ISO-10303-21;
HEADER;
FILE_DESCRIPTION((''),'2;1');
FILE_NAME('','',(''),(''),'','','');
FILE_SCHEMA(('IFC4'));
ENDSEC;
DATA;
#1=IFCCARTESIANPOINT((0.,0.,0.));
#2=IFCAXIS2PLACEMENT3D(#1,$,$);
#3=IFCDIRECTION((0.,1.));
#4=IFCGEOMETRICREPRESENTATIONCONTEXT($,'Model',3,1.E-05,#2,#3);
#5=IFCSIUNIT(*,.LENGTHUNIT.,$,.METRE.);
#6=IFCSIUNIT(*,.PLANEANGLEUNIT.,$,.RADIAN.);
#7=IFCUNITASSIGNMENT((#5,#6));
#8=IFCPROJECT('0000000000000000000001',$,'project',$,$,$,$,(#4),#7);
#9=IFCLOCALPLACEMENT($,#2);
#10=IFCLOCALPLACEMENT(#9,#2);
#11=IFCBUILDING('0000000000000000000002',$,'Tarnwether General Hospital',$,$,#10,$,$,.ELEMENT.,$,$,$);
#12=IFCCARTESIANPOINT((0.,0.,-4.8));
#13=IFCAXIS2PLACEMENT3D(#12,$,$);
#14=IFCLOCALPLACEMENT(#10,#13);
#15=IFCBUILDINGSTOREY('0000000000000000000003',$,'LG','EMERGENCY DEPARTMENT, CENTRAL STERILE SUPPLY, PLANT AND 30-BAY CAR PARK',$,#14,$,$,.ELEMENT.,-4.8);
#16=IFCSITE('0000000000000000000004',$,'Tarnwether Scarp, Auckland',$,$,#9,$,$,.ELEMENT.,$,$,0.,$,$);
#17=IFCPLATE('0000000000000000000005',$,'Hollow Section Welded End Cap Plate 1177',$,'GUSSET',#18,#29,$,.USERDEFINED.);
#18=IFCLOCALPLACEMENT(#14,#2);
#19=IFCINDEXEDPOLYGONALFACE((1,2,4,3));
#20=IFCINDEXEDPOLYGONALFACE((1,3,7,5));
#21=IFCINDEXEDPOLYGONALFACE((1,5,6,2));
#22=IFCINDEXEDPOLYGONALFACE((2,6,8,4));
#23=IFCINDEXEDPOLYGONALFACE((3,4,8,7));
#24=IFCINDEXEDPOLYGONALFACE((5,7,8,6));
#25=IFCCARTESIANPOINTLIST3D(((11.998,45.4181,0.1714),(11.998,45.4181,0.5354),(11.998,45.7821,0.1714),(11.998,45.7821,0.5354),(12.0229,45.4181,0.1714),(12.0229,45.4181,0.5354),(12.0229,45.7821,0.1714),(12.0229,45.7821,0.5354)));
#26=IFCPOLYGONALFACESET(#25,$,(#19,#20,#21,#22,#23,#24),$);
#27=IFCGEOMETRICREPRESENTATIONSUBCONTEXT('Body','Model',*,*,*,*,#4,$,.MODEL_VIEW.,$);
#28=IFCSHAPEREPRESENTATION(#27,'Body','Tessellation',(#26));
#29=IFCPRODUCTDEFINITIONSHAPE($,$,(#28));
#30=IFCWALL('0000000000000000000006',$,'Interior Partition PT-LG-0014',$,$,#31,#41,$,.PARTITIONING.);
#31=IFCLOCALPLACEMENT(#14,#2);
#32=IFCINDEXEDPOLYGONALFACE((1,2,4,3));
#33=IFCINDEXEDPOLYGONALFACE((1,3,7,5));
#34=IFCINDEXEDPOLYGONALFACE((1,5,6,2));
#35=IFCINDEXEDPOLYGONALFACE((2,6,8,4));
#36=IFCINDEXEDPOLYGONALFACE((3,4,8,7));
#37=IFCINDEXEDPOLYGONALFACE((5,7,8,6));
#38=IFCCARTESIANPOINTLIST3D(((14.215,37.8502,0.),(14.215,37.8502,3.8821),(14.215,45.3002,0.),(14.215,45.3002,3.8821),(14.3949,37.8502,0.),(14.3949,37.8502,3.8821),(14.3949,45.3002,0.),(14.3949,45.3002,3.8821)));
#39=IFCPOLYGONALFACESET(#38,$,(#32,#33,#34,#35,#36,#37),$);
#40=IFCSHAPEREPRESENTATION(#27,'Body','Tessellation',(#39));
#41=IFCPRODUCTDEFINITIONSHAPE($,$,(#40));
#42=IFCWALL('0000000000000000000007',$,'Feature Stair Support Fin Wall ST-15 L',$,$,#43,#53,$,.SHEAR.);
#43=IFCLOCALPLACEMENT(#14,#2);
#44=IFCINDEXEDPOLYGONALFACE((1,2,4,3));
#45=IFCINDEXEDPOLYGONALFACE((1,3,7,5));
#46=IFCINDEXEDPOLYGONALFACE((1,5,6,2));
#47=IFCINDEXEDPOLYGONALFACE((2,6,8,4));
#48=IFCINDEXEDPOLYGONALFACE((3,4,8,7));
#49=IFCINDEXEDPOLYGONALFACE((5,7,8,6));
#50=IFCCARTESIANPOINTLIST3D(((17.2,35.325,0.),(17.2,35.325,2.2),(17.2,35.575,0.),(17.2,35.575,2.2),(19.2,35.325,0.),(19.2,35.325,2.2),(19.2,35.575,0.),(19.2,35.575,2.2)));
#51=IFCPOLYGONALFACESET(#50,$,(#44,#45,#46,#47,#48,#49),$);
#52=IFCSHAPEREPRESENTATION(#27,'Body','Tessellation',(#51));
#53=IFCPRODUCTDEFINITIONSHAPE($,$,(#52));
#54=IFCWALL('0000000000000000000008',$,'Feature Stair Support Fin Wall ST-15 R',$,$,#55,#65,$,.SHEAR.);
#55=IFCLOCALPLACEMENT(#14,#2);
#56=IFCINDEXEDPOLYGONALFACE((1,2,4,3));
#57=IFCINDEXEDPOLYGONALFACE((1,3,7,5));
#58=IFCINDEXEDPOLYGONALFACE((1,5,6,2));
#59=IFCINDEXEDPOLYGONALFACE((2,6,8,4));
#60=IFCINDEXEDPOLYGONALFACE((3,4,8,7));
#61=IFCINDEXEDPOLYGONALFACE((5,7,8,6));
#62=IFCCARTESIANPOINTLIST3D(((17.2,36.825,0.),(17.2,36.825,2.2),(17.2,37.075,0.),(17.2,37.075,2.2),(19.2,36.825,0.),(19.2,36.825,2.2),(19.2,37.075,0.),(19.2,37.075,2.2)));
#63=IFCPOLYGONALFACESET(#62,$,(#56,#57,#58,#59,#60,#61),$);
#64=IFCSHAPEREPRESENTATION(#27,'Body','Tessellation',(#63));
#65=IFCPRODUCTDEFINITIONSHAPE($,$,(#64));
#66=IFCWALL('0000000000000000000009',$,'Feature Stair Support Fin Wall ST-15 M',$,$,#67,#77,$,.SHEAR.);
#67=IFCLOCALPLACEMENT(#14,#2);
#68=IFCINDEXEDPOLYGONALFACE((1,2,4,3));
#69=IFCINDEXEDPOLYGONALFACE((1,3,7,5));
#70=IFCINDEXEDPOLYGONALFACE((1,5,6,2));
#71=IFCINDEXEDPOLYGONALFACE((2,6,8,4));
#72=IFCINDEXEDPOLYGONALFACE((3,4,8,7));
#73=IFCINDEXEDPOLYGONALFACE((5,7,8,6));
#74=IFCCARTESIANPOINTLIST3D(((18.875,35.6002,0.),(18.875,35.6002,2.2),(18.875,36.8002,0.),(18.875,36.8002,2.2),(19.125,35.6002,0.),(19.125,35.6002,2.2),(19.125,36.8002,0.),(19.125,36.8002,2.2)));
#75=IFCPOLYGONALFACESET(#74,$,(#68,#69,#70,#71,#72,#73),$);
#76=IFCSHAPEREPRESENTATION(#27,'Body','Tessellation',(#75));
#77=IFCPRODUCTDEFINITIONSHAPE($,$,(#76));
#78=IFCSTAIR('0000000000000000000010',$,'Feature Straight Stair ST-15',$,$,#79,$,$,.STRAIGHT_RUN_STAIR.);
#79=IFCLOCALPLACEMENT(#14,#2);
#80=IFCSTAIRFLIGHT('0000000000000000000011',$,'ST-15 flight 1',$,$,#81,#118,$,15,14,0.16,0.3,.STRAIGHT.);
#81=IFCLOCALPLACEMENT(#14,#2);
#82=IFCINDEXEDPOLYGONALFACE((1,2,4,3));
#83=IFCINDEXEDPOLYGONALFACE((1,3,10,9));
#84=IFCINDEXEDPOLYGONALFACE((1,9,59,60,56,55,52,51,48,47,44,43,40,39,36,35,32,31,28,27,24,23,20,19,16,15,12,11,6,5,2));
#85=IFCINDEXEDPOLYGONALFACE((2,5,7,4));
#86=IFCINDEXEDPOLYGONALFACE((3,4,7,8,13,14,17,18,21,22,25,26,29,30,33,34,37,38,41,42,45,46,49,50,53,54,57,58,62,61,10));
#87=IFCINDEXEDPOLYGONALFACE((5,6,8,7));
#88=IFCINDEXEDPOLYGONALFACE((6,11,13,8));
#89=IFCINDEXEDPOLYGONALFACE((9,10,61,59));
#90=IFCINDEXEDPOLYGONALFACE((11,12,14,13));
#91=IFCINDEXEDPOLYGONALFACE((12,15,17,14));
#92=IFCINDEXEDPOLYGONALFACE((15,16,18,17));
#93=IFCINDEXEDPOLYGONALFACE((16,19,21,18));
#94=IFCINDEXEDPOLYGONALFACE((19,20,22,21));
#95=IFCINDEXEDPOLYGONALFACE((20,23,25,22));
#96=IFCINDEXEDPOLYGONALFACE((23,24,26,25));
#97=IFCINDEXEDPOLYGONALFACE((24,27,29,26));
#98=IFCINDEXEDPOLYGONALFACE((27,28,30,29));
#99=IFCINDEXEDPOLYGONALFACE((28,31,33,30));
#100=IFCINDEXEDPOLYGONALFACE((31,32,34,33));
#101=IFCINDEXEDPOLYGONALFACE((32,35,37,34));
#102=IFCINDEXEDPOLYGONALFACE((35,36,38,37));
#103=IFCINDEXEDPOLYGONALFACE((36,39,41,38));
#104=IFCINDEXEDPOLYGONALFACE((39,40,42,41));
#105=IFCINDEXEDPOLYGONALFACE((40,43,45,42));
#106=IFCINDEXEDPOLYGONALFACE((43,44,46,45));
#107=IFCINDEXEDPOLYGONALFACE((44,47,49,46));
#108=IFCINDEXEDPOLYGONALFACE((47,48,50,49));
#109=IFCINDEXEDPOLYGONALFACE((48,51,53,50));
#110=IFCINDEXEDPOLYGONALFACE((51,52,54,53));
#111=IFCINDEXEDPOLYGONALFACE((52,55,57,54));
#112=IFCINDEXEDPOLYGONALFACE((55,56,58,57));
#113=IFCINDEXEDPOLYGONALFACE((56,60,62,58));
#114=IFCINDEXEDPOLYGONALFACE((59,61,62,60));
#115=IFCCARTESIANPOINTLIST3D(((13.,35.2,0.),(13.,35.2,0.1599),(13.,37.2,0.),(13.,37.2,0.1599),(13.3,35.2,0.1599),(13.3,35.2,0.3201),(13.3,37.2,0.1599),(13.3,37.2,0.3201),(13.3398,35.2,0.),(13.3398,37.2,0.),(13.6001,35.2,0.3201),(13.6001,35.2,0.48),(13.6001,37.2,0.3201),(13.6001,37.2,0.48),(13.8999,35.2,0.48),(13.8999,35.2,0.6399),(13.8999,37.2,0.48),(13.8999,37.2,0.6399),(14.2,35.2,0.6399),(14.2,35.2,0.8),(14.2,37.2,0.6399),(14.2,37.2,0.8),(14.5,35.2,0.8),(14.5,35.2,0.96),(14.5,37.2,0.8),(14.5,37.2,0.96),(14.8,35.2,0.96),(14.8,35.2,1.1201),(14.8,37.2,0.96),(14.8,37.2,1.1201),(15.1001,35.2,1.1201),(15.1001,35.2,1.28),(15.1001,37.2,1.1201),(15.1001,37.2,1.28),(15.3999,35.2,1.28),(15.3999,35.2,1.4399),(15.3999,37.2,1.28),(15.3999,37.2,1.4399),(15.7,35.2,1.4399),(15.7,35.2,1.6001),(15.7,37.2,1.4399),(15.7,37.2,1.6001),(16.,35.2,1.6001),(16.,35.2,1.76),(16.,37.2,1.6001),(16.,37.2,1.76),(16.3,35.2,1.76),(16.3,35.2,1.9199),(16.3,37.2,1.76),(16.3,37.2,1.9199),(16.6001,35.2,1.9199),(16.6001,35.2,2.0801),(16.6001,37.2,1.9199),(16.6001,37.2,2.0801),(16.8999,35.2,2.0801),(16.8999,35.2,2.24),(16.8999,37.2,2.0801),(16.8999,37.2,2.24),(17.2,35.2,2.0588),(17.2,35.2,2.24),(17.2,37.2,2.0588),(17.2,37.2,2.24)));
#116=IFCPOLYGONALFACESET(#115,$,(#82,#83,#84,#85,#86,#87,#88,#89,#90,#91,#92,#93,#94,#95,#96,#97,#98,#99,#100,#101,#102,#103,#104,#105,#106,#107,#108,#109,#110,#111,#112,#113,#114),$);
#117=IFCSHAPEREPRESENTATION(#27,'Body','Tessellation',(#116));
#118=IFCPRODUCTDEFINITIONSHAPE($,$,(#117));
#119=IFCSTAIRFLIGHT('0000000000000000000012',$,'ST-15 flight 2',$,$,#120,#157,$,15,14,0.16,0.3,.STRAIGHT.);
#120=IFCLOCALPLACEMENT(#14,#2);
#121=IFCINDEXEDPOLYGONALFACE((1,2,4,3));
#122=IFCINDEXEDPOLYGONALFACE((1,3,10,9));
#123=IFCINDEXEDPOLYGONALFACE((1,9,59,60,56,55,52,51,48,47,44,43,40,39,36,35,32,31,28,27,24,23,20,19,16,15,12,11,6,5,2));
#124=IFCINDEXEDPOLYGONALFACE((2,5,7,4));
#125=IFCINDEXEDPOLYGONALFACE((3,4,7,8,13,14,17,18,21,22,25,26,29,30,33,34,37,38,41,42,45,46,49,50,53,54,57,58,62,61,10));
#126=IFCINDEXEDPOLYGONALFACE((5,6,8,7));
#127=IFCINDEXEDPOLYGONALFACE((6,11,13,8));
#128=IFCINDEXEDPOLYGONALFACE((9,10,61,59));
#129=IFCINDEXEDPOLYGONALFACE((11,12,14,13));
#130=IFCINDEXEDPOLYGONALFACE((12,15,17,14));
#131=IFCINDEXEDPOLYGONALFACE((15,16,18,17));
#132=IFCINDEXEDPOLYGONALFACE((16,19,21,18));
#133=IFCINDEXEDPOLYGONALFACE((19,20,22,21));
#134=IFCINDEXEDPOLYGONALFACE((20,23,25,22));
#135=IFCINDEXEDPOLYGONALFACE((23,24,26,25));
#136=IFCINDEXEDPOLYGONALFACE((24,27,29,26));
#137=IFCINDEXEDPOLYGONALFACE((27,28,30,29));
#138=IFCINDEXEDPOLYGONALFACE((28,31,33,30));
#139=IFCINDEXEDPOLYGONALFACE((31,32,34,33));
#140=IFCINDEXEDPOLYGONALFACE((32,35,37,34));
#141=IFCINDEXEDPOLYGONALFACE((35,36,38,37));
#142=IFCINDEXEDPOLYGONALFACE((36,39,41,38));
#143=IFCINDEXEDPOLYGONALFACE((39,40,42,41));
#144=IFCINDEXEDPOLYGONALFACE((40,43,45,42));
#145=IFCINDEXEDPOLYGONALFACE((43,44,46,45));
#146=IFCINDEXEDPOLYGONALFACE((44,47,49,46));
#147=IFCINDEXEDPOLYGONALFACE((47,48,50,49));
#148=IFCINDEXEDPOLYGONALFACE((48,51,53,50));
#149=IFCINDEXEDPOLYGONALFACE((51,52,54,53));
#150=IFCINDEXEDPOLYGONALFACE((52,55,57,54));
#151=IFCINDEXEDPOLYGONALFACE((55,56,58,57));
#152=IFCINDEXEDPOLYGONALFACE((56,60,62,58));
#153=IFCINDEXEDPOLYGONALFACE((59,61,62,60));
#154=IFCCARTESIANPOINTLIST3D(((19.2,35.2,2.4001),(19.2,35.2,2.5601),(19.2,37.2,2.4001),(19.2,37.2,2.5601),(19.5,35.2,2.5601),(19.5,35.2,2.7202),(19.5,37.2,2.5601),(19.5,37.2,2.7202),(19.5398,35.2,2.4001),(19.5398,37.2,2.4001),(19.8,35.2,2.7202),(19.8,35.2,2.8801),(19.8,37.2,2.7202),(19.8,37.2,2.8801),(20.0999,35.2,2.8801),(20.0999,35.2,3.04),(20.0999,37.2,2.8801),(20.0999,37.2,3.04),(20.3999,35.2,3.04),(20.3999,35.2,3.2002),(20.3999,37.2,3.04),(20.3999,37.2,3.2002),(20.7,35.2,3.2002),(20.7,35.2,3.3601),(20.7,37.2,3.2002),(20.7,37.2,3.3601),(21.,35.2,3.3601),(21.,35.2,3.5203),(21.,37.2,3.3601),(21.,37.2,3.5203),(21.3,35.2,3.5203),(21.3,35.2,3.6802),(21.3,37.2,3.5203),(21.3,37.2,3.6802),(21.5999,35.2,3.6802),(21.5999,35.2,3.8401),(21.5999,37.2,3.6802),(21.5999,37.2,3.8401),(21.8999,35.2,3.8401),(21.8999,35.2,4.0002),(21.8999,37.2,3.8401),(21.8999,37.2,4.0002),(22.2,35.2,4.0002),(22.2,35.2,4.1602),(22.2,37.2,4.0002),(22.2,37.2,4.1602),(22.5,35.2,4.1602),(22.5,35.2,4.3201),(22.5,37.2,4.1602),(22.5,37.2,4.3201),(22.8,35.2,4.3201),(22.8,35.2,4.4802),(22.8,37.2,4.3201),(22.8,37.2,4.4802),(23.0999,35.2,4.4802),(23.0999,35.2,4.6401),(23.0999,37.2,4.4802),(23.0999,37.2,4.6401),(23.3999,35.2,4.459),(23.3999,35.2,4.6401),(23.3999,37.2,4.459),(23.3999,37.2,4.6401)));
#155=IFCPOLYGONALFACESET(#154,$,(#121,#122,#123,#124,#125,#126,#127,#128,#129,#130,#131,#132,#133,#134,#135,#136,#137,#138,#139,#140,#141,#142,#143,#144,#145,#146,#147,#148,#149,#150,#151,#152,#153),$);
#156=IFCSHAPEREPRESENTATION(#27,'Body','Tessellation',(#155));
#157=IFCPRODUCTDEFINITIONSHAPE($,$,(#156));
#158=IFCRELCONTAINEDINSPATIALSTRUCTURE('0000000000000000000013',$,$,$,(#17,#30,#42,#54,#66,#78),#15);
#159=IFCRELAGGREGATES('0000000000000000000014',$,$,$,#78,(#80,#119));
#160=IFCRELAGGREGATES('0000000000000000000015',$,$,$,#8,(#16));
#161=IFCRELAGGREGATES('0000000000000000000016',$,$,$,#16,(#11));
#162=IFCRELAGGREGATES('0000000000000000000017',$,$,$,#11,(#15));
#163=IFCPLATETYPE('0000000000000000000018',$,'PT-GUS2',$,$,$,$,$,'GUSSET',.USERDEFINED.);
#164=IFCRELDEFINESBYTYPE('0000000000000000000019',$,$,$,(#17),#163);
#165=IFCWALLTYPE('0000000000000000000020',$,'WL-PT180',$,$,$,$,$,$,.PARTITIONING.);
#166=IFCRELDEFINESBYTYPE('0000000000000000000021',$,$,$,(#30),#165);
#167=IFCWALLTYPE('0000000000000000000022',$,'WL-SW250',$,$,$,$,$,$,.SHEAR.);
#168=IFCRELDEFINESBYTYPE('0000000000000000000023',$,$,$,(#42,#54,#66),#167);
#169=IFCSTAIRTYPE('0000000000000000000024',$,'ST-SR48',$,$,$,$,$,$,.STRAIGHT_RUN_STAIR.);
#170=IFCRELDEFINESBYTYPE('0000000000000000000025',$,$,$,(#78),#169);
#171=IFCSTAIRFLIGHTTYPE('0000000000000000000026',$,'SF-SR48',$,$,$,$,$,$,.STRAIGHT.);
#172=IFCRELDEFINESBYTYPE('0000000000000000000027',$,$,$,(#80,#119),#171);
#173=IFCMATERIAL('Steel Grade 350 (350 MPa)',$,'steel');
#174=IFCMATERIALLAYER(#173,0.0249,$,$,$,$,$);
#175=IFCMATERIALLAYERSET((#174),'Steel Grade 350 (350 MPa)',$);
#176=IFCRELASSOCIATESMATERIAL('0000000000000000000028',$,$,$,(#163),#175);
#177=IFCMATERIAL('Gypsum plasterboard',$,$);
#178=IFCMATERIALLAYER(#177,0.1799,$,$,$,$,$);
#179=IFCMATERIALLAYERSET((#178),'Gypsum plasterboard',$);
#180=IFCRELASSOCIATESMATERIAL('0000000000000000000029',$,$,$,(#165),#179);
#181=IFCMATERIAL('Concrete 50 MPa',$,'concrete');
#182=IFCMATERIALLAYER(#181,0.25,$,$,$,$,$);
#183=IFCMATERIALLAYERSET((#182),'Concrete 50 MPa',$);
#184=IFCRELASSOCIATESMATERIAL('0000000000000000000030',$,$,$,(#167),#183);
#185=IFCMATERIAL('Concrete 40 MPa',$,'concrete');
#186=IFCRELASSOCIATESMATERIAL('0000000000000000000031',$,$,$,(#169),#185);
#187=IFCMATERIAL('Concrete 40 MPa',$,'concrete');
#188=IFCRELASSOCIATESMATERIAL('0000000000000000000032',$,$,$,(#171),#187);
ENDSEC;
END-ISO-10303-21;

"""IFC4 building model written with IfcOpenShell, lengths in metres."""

from ifc_helpers import new_model, si_unit, direction, frame, frame_2d, origin, origin_2d, place, context, subcontext, project, spatial, polyline, rectangle, outline, extrude, material, layer, layer_set, type_object, element, aggregate, save


model = new_model("IFC4")

# Units and contexts
model_context = context("Model", 3, precision=1e-05, world=origin(), true_north=direction((0.0, 1.0)))
body_context = subcontext(model_context, "Body", "Model", "MODEL_VIEW")
ifc_project = project(units=[si_unit("LENGTHUNIT", "METRE"), si_unit("PLANEANGLEUNIT", "RADIAN")], contexts=[model_context])

# Site, building, storey
site_placement = place(None, origin())
site = spatial("IfcSite", under=ifc_project, at=site_placement, Name="Tarnwether Scarp, Auckland", CompositionType="ELEMENT", RefElevation=0.0)
building_placement = place(site_placement, origin())
building = spatial("IfcBuilding", under=site, at=building_placement, Name="Tarnwether General Hospital", CompositionType="ELEMENT")
storey_placement = place(building_placement, frame((0.0, 0.0, -4.8)))
storey = spatial("IfcBuildingStorey", under=building, at=storey_placement, Name="LG", Description="EMERGENCY DEPARTMENT, CENTRAL STERILE SUPPLY, PLANT AND 30-BAY CAR PARK", CompositionType="ELEMENT", Elevation=-4.8)

# Plate
ifc_material_1 = material(Name="Steel Grade 350 (350 MPa)", Category="steel")
ifc_layer_1 = layer(ifc_material_1, 0.0249)
ifc_layer_set_1 = layer_set([ifc_layer_1], Name="Steel Grade 350 (350 MPa)")
plate_type = type_object("IfcPlateType", Name="PT-GUS2", ElementType="GUSSET", PredefinedType="USERDEFINED", material=ifc_layer_set_1)
plate_placement = place(storey_placement, frame((12.0105, 45.6001, 0.1714), z_axis=(0.0, 0.0, 1.0), x_axis=(-1.0, 0.0, 0.0)))
element("IfcPlate", 1, at=plate_placement, inside=storey, type_object=plate_type, Name="Hollow Section Welded End Cap Plate 1177", ObjectType="GUSSET", PredefinedType="USERDEFINED", context=body_context, shape_type="SweptSolid", body=[
    extrude(rectangle(XDim=0.0249, YDim=0.364, at=origin_2d()), origin(), (0.0, 0.0, 1.0), 0.364),
])

# Walls
ifc_material_2 = material(Name="Gypsum plasterboard")
ifc_layer_2 = layer(ifc_material_2, 0.1799)
ifc_layer_set_2 = layer_set([ifc_layer_2], Name="Gypsum plasterboard")
wall_type_1 = type_object("IfcWallType", Name="WL-PT180", PredefinedType="PARTITIONING", material=ifc_layer_set_2)
wall_1_placement = place(storey_placement, frame((14.3049, 37.8501, 0.0), z_axis=(0.0, 0.0, 1.0), x_axis=(0.0, 1.0, 0.0)))
element("IfcWall", 2, at=wall_1_placement, inside=storey, type_object=wall_type_1, Name="Interior Partition PT-LG-0014", PredefinedType="PARTITIONING", context=body_context, shape_type="SweptSolid", body=[
    extrude(rectangle(XDim=7.45, YDim=0.1799, at=frame_2d((3.7251, 0.0))), origin(), (0.0, 0.0, 1.0), 3.8821),
])
ifc_material_3 = material(Name="Concrete 50 MPa", Category="concrete")
ifc_layer_3 = layer(ifc_material_3, 0.25)
ifc_layer_set_3 = layer_set([ifc_layer_3], Name="Concrete 50 MPa")
wall_type_2 = type_object("IfcWallType", Name="WL-SW250", PredefinedType="SHEAR", material=ifc_layer_set_3)
for number, where, z_axis, x_axis, name in (
    (3, (17.2, 35.45, 0.0), (0.0, 0.0, 1.0), (1.0, 0.0, 0.0), "Feature Stair Support Fin Wall ST-15 L"),
    (4, (17.2, 36.95, 0.0), (0.0, 0.0, 1.0), (1.0, 0.0, 0.0), "Feature Stair Support Fin Wall ST-15 R"),
):
    element("IfcWall", number, at=place(storey_placement, frame(where, z_axis=z_axis, x_axis=x_axis)), inside=storey, type_object=wall_type_2, Name=name, PredefinedType="SHEAR", context=body_context, shape_type="SweptSolid", body=[
        extrude(rectangle(XDim=2.0, YDim=0.25, at=frame_2d((1.0, 0.0))), origin(), (0.0, 0.0, 1.0), 2.2),
    ])
wall_2_placement = place(storey_placement, frame((19.0, 35.6001, 0.0), z_axis=(0.0, 0.0, 1.0), x_axis=(0.0, 1.0, 0.0)))
element("IfcWall", 5, at=wall_2_placement, inside=storey, type_object=wall_type_2, Name="Feature Stair Support Fin Wall ST-15 M", PredefinedType="SHEAR", context=body_context, shape_type="SweptSolid", body=[
    extrude(rectangle(XDim=1.2, YDim=0.25, at=frame_2d((0.6001, 0.0))), origin(), (0.0, 0.0, 1.0), 2.2),
])

# Stair, stair flights
ifc_material_4 = material(Name="Concrete 40 MPa", Category="concrete")
stair_type = type_object("IfcStairType", Name="ST-SR48", PredefinedType="STRAIGHT_RUN_STAIR", material=ifc_material_4)
stair_placement = place(storey_placement, origin())
stair = element("IfcStair", 6, at=stair_placement, inside=storey, type_object=stair_type, Name="Feature Straight Stair ST-15", PredefinedType="STRAIGHT_RUN_STAIR")
ifc_material_5 = material(Name="Concrete 40 MPa", Category="concrete")
stair_flight_type = type_object("IfcStairFlightType", Name="SF-SR48", PredefinedType="STRAIGHT", material=ifc_material_5)
stair_flight_1_placement = place(storey_placement, frame((13.0, 36.2, 0.0), z_axis=(0.0, 0.0, 1.0), x_axis=(1.0, 0.0, 0.0)))
stair_flight_1 = element("IfcStairFlight", 7, at=stair_flight_1_placement, type_object=stair_flight_type, Name="ST-15 flight 1", NumberOfRisers=15, NumberOfTreads=14, PredefinedType="STRAIGHT", RiserHeight=0.16, TreadLength=0.3, context=body_context, shape_type="SweptSolid", body=[
    extrude(outline(polyline([(0.0, 0.0), (0.0, 0.1599), (0.3, 0.1599), (0.3, 0.3201), (0.6001, 0.3201), (0.6001, 0.48), (0.8999, 0.48), (0.8999, 0.6399), (1.2, 0.6399), (1.2, 0.8), (1.5, 0.8), (1.5, 0.96), (1.8, 0.96), (1.8, 1.1201), (2.1001, 1.1201), (2.1001, 1.28), (2.3999, 1.28), (2.3999, 1.4399), (2.7, 1.4399), (2.7, 1.6001), (3.0, 1.6001), (3.0, 1.76), (3.3, 1.76), (3.3, 1.9199), (3.6001, 1.9199), (3.6001, 2.0801), (3.8999, 2.0801), (3.8999, 2.24), (4.2, 2.24), (4.2, 2.3999), (4.2, 2.0588), (0.3398, 0.0), (0.0, 0.0)])), frame((0.0, 1.0, 0.0), z_axis=(0.0, -1.0, 0.0), x_axis=(1.0, 0.0, 0.0)), (0.0, 0.0, 1.0), 2.0),
])
stair_flight_2_placement = place(storey_placement, frame((19.2, 36.2, 2.4001), z_axis=(0.0, 0.0, 1.0), x_axis=(1.0, 0.0, 0.0)))
stair_flight_2 = element("IfcStairFlight", 8, at=stair_flight_2_placement, type_object=stair_flight_type, Name="ST-15 flight 2", NumberOfRisers=15, NumberOfTreads=14, PredefinedType="STRAIGHT", RiserHeight=0.16, TreadLength=0.3, context=body_context, shape_type="SweptSolid", body=[
    extrude(outline(polyline([(0.0, 0.0), (0.0, 0.1599), (0.3, 0.1599), (0.3, 0.3201), (0.6001, 0.3201), (0.6001, 0.48), (0.8999, 0.48), (0.8999, 0.6399), (1.2, 0.6399), (1.2, 0.8), (1.5, 0.8), (1.5, 0.96), (1.8, 0.96), (1.8, 1.1201), (2.1001, 1.1201), (2.1001, 1.28), (2.3999, 1.28), (2.3999, 1.4399), (2.7, 1.4399), (2.7, 1.6001), (3.0, 1.6001), (3.0, 1.76), (3.3, 1.76), (3.3, 1.9199), (3.6001, 1.9199), (3.6001, 2.0801), (3.8999, 2.0801), (3.8999, 2.24), (4.2, 2.24), (4.2, 2.3999), (4.2, 2.0588), (0.3398, 0.0), (0.0, 0.0)])), frame((0.0, 1.0, 0.0), z_axis=(0.0, -1.0, 0.0), x_axis=(1.0, 0.0, 0.0)), (0.0, 0.0, 1.0), 2.0),
])
aggregate(stair, [stair_flight_1, stair_flight_2])

save(model, "model.ifc")
